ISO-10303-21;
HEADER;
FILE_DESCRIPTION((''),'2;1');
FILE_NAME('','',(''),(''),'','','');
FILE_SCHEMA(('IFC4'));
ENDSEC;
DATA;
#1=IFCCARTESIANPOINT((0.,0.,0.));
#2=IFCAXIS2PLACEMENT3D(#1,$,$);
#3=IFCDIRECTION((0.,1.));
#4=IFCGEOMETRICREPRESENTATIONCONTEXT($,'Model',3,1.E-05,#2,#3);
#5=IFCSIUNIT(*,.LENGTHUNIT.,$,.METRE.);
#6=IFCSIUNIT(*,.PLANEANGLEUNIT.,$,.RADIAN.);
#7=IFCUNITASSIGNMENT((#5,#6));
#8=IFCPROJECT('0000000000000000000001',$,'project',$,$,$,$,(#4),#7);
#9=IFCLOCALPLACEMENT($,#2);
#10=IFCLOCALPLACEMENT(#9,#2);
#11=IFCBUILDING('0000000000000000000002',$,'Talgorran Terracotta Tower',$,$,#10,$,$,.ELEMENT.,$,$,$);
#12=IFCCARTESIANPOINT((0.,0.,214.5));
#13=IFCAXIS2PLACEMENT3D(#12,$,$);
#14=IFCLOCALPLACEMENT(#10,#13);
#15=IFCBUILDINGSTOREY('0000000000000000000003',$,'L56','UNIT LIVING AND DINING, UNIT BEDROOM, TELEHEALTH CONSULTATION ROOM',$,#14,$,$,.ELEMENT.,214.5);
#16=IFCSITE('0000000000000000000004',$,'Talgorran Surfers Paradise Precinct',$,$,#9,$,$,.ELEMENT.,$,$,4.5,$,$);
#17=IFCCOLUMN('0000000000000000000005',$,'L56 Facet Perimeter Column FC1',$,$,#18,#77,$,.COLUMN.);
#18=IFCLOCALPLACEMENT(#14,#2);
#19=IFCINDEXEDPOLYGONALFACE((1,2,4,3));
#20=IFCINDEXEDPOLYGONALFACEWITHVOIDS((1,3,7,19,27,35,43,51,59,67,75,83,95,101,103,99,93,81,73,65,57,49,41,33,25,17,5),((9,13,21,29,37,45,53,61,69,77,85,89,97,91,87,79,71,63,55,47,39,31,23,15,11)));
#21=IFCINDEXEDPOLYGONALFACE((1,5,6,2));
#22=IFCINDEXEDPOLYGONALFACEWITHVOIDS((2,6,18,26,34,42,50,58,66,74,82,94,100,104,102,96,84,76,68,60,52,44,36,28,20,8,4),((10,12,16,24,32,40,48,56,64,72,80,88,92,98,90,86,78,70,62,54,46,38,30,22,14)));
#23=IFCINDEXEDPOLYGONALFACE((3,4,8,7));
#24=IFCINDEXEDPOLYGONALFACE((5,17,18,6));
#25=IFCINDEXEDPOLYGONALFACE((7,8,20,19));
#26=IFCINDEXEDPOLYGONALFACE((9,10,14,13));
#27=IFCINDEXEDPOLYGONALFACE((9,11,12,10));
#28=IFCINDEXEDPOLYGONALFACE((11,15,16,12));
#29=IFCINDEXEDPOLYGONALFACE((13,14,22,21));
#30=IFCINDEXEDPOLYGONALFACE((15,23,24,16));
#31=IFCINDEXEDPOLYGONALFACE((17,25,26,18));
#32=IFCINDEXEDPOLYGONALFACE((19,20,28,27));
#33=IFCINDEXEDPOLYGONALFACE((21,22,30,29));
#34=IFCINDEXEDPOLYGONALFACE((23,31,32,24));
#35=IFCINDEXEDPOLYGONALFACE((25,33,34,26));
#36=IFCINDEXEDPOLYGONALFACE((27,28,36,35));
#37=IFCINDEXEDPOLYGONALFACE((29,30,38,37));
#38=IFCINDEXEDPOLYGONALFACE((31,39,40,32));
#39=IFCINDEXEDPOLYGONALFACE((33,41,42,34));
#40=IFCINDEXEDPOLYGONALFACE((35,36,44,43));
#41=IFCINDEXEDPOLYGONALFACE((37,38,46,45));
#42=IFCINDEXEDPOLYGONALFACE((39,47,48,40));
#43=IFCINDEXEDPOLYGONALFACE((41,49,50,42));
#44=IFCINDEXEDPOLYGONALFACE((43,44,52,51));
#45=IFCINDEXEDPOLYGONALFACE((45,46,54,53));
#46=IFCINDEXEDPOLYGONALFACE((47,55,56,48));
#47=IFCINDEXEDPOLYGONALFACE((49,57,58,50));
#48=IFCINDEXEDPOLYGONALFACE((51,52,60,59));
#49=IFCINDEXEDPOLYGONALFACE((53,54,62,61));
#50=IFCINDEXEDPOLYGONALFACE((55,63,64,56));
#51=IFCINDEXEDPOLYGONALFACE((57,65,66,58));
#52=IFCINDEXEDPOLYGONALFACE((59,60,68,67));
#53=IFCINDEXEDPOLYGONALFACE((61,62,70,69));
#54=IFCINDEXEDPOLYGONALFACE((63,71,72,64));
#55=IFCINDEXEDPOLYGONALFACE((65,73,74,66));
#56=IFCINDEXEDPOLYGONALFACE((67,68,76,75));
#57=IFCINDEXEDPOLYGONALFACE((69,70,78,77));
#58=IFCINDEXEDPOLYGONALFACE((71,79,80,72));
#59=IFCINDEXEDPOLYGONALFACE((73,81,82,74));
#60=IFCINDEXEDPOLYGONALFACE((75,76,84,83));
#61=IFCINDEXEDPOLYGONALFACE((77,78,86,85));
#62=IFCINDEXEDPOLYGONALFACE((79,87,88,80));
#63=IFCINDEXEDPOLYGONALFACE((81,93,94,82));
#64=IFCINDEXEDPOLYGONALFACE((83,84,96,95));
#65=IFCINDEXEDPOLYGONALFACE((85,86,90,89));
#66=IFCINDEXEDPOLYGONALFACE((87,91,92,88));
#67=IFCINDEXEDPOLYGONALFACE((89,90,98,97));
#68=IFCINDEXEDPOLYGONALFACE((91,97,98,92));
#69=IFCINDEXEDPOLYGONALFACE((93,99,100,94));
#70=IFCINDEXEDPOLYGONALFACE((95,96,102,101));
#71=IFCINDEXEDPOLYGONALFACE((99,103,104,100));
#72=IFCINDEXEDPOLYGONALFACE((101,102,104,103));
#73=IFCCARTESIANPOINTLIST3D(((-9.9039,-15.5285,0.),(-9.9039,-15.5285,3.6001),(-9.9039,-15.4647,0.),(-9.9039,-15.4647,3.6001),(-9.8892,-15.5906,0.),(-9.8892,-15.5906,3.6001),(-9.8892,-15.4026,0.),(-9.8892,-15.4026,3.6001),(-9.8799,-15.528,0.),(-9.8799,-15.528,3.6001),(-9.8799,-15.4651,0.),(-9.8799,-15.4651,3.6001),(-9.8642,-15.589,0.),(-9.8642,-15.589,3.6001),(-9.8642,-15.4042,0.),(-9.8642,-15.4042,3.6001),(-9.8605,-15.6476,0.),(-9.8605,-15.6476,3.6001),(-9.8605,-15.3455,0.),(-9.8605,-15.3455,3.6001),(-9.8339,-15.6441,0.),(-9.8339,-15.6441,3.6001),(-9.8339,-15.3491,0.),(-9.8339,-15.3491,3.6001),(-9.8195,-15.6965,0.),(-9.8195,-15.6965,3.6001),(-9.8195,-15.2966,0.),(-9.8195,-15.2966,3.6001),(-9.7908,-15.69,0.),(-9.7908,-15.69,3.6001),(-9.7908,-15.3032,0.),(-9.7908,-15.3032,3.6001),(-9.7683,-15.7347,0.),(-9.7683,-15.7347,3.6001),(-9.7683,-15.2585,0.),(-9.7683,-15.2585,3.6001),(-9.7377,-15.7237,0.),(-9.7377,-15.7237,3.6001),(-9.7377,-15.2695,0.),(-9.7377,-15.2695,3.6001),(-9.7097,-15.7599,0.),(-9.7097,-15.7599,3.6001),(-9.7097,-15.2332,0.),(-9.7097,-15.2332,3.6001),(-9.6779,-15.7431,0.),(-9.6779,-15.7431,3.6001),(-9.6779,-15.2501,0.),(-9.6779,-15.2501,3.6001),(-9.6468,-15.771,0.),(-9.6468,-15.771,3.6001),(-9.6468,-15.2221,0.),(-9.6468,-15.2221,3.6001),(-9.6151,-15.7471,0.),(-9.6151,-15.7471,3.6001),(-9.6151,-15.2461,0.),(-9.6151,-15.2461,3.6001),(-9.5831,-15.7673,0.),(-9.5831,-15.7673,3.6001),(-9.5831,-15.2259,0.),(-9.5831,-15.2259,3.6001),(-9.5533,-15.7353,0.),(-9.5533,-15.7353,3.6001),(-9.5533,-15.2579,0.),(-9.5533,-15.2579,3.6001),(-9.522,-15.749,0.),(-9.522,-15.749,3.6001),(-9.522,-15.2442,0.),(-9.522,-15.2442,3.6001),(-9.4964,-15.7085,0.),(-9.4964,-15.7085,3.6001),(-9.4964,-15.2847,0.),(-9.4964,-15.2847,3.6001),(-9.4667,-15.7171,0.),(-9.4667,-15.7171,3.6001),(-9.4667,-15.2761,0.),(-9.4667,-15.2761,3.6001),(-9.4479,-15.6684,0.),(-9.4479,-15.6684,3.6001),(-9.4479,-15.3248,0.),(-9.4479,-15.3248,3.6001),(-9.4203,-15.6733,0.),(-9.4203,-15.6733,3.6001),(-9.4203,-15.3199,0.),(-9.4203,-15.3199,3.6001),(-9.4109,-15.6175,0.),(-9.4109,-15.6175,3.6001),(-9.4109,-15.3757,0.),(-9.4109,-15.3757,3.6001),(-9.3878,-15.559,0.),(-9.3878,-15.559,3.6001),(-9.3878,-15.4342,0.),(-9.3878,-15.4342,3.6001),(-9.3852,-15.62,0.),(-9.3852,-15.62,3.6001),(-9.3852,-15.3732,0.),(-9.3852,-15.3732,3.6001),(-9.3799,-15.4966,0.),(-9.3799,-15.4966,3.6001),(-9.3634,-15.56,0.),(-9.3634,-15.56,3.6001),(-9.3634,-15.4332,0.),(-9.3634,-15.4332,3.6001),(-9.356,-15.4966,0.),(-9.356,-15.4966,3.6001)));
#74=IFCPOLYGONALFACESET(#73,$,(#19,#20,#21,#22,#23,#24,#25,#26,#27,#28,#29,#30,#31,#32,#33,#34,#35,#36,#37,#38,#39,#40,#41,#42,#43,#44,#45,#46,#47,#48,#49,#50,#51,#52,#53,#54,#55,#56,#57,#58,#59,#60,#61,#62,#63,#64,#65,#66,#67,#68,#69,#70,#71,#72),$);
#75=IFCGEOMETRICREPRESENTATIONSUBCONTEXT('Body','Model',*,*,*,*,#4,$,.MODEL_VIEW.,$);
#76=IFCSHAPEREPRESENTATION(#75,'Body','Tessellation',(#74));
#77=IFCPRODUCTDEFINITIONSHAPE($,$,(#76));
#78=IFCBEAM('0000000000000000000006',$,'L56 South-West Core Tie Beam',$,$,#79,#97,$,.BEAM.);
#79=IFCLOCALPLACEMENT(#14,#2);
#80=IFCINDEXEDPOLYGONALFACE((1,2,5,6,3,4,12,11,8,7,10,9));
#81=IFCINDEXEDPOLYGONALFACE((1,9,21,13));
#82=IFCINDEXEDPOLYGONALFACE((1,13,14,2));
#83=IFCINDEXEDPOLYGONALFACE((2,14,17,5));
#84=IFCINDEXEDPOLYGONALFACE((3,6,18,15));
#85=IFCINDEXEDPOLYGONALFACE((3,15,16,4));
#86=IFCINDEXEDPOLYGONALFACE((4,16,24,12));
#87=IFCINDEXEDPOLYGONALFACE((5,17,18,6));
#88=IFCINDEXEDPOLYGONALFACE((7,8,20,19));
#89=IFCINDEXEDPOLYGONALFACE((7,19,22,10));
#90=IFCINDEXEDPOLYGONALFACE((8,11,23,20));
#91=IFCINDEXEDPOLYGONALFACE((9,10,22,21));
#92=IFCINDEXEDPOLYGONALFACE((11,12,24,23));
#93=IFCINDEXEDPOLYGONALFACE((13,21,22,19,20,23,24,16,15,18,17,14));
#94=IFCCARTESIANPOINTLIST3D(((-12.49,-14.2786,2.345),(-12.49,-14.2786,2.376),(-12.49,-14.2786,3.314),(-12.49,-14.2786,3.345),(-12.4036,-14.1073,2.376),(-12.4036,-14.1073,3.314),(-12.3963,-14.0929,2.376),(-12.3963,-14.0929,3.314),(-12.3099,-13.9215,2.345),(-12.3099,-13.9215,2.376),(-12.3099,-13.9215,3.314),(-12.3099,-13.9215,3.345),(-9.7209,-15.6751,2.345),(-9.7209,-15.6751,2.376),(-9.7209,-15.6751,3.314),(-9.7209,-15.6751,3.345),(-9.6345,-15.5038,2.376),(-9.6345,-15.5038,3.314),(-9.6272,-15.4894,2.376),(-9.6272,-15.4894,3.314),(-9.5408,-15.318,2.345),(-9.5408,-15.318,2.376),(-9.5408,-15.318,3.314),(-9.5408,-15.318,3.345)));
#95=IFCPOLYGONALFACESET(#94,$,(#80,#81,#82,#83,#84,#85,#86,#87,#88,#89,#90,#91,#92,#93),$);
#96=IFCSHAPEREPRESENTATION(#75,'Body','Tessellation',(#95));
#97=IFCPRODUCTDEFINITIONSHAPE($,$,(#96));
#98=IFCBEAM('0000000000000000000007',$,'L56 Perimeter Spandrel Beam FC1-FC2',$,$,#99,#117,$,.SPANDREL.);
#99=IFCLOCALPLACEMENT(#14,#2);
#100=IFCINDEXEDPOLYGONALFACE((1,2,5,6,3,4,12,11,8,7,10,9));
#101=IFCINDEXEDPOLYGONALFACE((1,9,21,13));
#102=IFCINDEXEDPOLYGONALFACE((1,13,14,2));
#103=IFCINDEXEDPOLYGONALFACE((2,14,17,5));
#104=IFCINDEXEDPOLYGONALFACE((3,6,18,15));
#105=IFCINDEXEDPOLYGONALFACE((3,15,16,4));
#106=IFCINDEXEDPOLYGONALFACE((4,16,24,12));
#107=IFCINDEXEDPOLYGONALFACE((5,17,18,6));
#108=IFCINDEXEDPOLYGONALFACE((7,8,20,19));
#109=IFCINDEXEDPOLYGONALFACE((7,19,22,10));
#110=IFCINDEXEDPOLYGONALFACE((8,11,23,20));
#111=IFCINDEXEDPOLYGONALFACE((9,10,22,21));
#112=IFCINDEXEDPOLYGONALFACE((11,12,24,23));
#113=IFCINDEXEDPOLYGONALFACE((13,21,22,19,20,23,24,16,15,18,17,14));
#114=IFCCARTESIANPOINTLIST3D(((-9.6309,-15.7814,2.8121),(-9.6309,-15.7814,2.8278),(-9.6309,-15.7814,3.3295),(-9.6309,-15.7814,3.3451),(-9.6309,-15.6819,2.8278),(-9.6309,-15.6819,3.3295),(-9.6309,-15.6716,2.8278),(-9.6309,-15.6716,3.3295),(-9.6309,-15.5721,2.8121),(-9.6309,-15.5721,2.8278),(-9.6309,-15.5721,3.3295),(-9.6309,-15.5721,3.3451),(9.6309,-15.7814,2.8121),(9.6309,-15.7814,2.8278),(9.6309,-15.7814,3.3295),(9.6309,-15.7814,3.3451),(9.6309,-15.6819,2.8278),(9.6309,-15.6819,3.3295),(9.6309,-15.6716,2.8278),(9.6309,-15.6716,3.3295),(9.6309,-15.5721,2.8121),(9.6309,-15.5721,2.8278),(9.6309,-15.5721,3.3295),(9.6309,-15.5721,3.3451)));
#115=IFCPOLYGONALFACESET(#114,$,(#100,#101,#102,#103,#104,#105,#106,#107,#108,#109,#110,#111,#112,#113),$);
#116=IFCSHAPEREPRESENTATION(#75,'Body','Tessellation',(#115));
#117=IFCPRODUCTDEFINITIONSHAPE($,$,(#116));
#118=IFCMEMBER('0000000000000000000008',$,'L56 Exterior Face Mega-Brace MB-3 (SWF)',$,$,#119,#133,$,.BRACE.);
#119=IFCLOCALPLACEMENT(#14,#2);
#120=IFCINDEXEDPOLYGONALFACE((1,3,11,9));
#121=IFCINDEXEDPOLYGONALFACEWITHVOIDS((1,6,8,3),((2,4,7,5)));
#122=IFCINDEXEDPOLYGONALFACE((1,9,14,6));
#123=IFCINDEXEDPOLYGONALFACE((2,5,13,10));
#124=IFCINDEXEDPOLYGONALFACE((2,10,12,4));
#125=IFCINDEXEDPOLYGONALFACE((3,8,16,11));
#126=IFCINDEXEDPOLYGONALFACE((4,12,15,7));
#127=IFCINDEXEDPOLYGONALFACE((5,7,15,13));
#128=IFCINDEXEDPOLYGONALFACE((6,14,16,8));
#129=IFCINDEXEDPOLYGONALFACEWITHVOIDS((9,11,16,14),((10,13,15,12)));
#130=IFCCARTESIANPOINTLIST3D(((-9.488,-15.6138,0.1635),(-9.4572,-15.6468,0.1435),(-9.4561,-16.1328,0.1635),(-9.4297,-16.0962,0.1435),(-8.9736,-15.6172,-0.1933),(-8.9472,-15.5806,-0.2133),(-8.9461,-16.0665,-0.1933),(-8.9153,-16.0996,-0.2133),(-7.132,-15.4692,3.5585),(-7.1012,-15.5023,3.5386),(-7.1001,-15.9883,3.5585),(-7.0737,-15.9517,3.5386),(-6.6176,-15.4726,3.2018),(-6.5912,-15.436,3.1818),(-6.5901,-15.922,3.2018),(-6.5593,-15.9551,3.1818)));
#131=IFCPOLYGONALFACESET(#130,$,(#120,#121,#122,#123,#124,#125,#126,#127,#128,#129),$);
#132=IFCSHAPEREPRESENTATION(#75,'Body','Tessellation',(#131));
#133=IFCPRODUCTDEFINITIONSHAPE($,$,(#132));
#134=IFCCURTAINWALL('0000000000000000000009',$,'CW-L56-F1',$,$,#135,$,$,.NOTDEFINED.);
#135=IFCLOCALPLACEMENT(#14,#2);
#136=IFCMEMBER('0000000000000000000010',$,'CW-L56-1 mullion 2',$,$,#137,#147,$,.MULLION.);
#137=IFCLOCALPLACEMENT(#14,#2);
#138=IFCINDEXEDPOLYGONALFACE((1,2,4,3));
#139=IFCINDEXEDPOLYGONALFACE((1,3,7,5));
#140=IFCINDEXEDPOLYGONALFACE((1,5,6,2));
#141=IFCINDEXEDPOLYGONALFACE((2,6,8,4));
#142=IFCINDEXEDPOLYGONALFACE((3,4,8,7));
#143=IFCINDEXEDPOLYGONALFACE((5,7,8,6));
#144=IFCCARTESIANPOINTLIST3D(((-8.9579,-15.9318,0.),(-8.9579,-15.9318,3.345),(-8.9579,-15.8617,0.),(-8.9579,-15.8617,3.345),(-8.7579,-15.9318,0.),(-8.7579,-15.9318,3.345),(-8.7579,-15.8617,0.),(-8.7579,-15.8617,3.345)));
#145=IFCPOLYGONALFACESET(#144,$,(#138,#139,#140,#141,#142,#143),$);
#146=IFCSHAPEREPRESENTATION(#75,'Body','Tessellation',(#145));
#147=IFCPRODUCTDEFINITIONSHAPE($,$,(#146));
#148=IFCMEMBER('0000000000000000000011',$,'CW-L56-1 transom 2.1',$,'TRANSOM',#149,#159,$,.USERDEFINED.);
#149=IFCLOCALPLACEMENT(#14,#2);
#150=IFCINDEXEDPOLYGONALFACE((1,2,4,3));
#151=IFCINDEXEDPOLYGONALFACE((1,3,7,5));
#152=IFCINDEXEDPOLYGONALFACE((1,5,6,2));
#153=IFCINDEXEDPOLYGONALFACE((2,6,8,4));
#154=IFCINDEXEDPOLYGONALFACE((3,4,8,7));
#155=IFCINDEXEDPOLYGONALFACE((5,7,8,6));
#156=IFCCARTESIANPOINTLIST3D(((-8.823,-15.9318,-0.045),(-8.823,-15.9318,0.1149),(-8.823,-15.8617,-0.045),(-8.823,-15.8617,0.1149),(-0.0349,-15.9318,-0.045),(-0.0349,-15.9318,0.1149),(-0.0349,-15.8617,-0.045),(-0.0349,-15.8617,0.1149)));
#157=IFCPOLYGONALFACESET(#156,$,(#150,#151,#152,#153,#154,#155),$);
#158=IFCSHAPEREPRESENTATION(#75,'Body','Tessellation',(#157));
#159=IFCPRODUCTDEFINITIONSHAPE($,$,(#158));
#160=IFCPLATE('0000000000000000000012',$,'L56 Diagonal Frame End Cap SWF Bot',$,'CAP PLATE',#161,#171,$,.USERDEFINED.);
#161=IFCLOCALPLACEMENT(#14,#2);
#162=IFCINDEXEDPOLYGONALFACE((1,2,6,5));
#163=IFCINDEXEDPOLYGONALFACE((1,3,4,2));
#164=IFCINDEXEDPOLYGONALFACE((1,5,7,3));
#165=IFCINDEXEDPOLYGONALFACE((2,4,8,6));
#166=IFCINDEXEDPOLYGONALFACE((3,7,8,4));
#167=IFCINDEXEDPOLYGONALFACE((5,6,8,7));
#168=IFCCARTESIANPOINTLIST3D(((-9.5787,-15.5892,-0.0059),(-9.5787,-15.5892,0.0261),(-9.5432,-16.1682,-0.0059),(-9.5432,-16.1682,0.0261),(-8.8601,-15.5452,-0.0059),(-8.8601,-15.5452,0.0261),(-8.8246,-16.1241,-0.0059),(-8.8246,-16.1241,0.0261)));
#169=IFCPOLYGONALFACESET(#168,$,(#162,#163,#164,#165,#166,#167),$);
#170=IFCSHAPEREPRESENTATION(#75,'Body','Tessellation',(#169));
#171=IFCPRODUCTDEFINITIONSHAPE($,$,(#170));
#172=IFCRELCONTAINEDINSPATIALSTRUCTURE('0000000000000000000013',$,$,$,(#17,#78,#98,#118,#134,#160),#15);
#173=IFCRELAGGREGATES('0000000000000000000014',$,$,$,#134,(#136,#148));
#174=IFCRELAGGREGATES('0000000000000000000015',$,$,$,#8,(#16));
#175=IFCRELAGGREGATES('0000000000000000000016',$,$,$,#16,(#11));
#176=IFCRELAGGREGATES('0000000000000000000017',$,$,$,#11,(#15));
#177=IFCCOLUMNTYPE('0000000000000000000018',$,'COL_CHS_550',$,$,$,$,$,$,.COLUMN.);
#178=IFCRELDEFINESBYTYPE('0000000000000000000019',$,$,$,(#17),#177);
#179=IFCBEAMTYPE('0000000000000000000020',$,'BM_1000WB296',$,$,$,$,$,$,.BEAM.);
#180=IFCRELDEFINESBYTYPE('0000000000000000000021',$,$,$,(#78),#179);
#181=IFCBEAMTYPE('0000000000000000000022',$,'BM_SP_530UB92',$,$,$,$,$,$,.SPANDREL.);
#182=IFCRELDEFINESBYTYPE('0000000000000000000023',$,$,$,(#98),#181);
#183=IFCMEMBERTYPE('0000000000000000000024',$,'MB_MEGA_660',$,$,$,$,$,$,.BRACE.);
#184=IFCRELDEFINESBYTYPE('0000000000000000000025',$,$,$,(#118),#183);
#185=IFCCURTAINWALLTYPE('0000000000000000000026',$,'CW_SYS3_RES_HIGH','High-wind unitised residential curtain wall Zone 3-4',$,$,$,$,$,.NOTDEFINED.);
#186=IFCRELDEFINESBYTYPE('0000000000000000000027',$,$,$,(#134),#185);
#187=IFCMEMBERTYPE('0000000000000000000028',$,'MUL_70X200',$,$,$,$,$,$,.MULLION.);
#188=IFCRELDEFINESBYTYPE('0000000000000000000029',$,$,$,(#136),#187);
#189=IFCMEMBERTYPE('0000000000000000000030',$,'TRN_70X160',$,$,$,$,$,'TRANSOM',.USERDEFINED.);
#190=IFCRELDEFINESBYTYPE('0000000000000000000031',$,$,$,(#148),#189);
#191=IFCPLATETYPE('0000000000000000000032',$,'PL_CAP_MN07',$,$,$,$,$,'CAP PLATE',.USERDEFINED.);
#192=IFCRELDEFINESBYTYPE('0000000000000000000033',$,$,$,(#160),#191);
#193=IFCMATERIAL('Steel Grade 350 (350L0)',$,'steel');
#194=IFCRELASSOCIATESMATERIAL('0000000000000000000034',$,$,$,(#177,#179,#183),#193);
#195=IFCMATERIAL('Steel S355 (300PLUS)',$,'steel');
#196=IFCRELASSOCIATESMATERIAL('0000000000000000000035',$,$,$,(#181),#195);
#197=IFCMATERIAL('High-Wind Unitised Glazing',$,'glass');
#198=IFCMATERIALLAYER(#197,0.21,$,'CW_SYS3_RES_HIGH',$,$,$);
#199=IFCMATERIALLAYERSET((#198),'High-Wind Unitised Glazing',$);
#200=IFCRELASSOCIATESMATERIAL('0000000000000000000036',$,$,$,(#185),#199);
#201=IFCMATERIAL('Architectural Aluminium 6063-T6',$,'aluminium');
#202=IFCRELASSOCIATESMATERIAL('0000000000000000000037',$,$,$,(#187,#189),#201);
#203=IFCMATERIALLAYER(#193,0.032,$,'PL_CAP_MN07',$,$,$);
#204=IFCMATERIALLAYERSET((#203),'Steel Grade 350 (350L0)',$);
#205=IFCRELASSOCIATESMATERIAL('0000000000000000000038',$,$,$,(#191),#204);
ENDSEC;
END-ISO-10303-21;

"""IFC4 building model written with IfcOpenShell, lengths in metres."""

from ifc_helpers import new_model, si_unit, direction, frame, origin, origin_2d, place, context, subcontext, project, spatial, rectangle, hollow_rectangle, hollow_circle, i_section, extrude, material, layer, layer_set, material_profile, profile_set, type_object, element, aggregate, save


model = new_model("IFC4")

# Units and contexts
model_context = context("Model", 3, precision=1e-05, world=origin(), true_north=direction((0.0, 1.0)))
body_context = subcontext(model_context, "Body", "Model", "MODEL_VIEW")
ifc_project = project(units=[si_unit("LENGTHUNIT", "METRE"), si_unit("PLANEANGLEUNIT", "RADIAN")], contexts=[model_context])

# Site, building, storey
site_placement = place(None, origin())
site = spatial("IfcSite", under=ifc_project, at=site_placement, Name="Talgorran Surfers Paradise Precinct", CompositionType="ELEMENT", RefElevation=4.5)
building_placement = place(site_placement, origin())
building = spatial("IfcBuilding", under=site, at=building_placement, Name="Talgorran Terracotta Tower", CompositionType="ELEMENT")
storey_placement = place(building_placement, frame((0.0, 0.0, 214.5)))
storey = spatial("IfcBuildingStorey", under=building, at=storey_placement, Name="L56", Description="UNIT LIVING AND DINING, UNIT BEDROOM, TELEHEALTH CONSULTATION ROOM", CompositionType="ELEMENT", Elevation=214.5)

# Column
ifc_material_1 = material(Name="Steel Grade 350 (350L0)", Category="steel")
ifc_material_profile_1 = material_profile(ifc_material_1, hollow_circle(Radius=0.2749, WallThickness=0.0239, at=origin_2d()), Name="CHS550X24")
ifc_profile_set_1 = profile_set([ifc_material_profile_1], Name="Steel Grade 350 (350L0)")
column_type = type_object("IfcColumnType", Name="COL_CHS_550", PredefinedType="COLUMN", material=ifc_profile_set_1)
column_placement = place(storey_placement, frame((-9.6309, -15.4966, 0.0), z_axis=(0.0, 0.0, 1.0), x_axis=(1.0, 0.0, 0.0)))
element("IfcColumn", 1, at=column_placement, inside=storey, type_object=column_type, Name="L56 Facet Perimeter Column FC1", PredefinedType="COLUMN", context=body_context, shape_type="SweptSolid", body=[
    extrude(hollow_circle(Radius=0.2749, WallThickness=0.0239, at=origin_2d()), origin(), (0.0, 0.0, 1.0), 3.6001),
])

# Beams
ifc_material_profile_2 = material_profile(ifc_material_1, i_section(OverallWidth=0.3999, OverallDepth=1.0, WebThickness=0.0161, FlangeThickness=0.031, at=origin_2d()), Name="1000WB296")
ifc_profile_set_2 = profile_set([ifc_material_profile_2], Name="Steel Grade 350 (350L0)")
beam_type_1 = type_object("IfcBeamType", Name="BM_1000WB296", PredefinedType="BEAM", material=ifc_profile_set_2)
beam_1_placement = place(storey_placement, frame((-9.6309, -15.4966, 2.845), z_axis=(-0.892879, 0.450297, 0.0), x_axis=(-0.450297, -0.892879, 0.0)))
element("IfcBeam", 2, at=beam_1_placement, inside=storey, type_object=beam_type_1, Name="L56 South-West Core Tie Beam", PredefinedType="BEAM", context=body_context, shape_type="SweptSolid", body=[
    extrude(i_section(OverallWidth=0.3999, OverallDepth=1.0, WebThickness=0.0161, FlangeThickness=0.031, at=origin_2d()), origin(), (0.0, 0.0, 1.0), 3.1013),
])
ifc_material_2 = material(Name="Steel S355 (300PLUS)", Category="steel")
ifc_material_profile_3 = material_profile(ifc_material_2, i_section(OverallWidth=0.2092, OverallDepth=0.533, WebThickness=0.0103, FlangeThickness=0.0156, at=origin_2d()), Name="530UB92.4")
ifc_profile_set_3 = profile_set([ifc_material_profile_3], Name="Steel S355 (300PLUS)")
beam_type_2 = type_object("IfcBeamType", Name="BM_SP_530UB92", PredefinedType="SPANDREL", material=ifc_profile_set_3)
beam_2_placement = place(storey_placement, frame((-9.6309, -15.6768, 3.0786), z_axis=(1.0, 0.0, 0.0), x_axis=(0.0, 1.0, 0.0)))
element("IfcBeam", 3, at=beam_2_placement, inside=storey, type_object=beam_type_2, Name="L56 Perimeter Spandrel Beam FC1-FC2", PredefinedType="SPANDREL", context=body_context, shape_type="SweptSolid", body=[
    extrude(i_section(OverallWidth=0.2092, OverallDepth=0.533, WebThickness=0.0103, FlangeThickness=0.0156, at=origin_2d()), origin(), (0.0, 0.0, 1.0), 19.2617),
])

# Member
ifc_material_profile_4 = material_profile(ifc_material_1, hollow_rectangle(XDim=0.52, YDim=0.6599, WallThickness=0.0349, at=origin_2d()), Name="WBOX660X520X35")
ifc_profile_set_4 = profile_set([ifc_material_profile_4], Name="Steel Grade 350 (350L0)")
member_type_1 = type_object("IfcMemberType", Name="MB_MEGA_660", PredefinedType="BRACE", material=ifc_profile_set_4)
member_1_placement = place(storey_placement, frame((-9.2017, -15.8567, -0.0249), z_axis=(0.569771, 0.034954, 0.82106), x_axis=(-0.061232, 0.998124, 0.0)))
element("IfcMember", 4, at=member_1_placement, inside=storey, type_object=member_type_1, Name="L56 Exterior Face Mega-Brace MB-3 (SWF)", PredefinedType="BRACE", context=body_context, shape_type="SweptSolid", body=[
    extrude(hollow_rectangle(XDim=0.52, YDim=0.6599, WallThickness=0.0349, at=origin_2d()), origin(), (0.0, 0.0, 1.0), 4.135),
])

# Curtain wall, members
ifc_material_3 = material(Name="High-Wind Unitised Glazing", Category="glass")
ifc_layer_1 = layer(ifc_material_3, 0.21, Name="CW_SYS3_RES_HIGH")
ifc_layer_set_1 = layer_set([ifc_layer_1], Name="High-Wind Unitised Glazing")
curtain_wall_type = type_object("IfcCurtainWallType", Name="CW_SYS3_RES_HIGH", Description="High-wind unitised residential curtain wall Zone 3-4", PredefinedType="NOTDEFINED", material=ifc_layer_set_1)
curtain_wall_placement = place(storey_placement, origin())
curtain_wall = element("IfcCurtainWall", 5, at=curtain_wall_placement, inside=storey, type_object=curtain_wall_type, Name="CW-L56-F1", PredefinedType="NOTDEFINED")
ifc_material_4 = material(Name="Architectural Aluminium 6063-T6", Category="aluminium")
ifc_material_profile_5 = material_profile(ifc_material_4, rectangle(XDim=0.0701, YDim=0.2, at=origin_2d()), Name="CWM70X200")
ifc_profile_set_5 = profile_set([ifc_material_profile_5], Name="Architectural Aluminium 6063-T6")
member_type_2 = type_object("IfcMemberType", Name="MUL_70X200", PredefinedType="MULLION", material=ifc_profile_set_5)
member_2_placement = place(storey_placement, frame((-8.8579, -15.8967, 0.0), z_axis=(0.0, 0.0, 1.0), x_axis=(0.0, 1.0, 0.0)))
member_2 = element("IfcMember", 6, at=member_2_placement, type_object=member_type_2, Name="CW-L56-1 mullion 2", PredefinedType="MULLION", context=body_context, shape_type="SweptSolid", body=[
    extrude(rectangle(XDim=0.0701, YDim=0.2, at=origin_2d()), origin(), (0.0, 0.0, 1.0), 3.345),
])
ifc_material_profile_6 = material_profile(ifc_material_4, rectangle(XDim=0.0701, YDim=0.1599, at=origin_2d()), Name="CWT70X160")
ifc_profile_set_6 = profile_set([ifc_material_profile_6], Name="Architectural Aluminium 6063-T6")
member_type_3 = type_object("IfcMemberType", Name="TRN_70X160", ElementType="TRANSOM", PredefinedType="USERDEFINED", material=ifc_profile_set_6)
member_3_placement = place(storey_placement, frame((-8.823, -15.8967, 0.0349), z_axis=(1.0, 0.0, 0.0), x_axis=(0.0, 1.0, 0.0)))
member_3 = element("IfcMember", 7, at=member_3_placement, type_object=member_type_3, Name="CW-L56-1 transom 2.1", ObjectType="TRANSOM", PredefinedType="USERDEFINED", context=body_context, shape_type="SweptSolid", body=[
    extrude(rectangle(XDim=0.0701, YDim=0.1599, at=origin_2d()), origin(), (0.0, 0.0, 1.0), 8.7881),
])
aggregate(curtain_wall, [member_2, member_3])

# Plate
ifc_layer_2 = layer(ifc_material_1, 0.032, Name="PL_CAP_MN07")
ifc_layer_set_2 = layer_set([ifc_layer_2], Name="Steel Grade 350 (350L0)")
plate_type_1 = type_object("IfcPlateType", Name="PL_CAP_MN07", ElementType="CAP PLATE", PredefinedType="USERDEFINED", material=ifc_layer_set_2)
plate_1_placement = place(storey_placement, frame((-9.2017, -15.8567, -0.0059), z_axis=(0.0, 0.0, 1.0), x_axis=(0.998124, 0.061223, 0.0)))
element("IfcPlate", 8, at=plate_1_placement, inside=storey, type_object=plate_type_1, Name="L56 Diagonal Frame End Cap SWF Bot", ObjectType="CAP PLATE", PredefinedType="USERDEFINED", context=body_context, shape_type="SweptSolid", body=[
    extrude(rectangle(XDim=0.72, YDim=0.5801, at=origin_2d()), origin(), (0.0, 0.0, 1.0), 0.032),
])

save(model, "model.ifc")
